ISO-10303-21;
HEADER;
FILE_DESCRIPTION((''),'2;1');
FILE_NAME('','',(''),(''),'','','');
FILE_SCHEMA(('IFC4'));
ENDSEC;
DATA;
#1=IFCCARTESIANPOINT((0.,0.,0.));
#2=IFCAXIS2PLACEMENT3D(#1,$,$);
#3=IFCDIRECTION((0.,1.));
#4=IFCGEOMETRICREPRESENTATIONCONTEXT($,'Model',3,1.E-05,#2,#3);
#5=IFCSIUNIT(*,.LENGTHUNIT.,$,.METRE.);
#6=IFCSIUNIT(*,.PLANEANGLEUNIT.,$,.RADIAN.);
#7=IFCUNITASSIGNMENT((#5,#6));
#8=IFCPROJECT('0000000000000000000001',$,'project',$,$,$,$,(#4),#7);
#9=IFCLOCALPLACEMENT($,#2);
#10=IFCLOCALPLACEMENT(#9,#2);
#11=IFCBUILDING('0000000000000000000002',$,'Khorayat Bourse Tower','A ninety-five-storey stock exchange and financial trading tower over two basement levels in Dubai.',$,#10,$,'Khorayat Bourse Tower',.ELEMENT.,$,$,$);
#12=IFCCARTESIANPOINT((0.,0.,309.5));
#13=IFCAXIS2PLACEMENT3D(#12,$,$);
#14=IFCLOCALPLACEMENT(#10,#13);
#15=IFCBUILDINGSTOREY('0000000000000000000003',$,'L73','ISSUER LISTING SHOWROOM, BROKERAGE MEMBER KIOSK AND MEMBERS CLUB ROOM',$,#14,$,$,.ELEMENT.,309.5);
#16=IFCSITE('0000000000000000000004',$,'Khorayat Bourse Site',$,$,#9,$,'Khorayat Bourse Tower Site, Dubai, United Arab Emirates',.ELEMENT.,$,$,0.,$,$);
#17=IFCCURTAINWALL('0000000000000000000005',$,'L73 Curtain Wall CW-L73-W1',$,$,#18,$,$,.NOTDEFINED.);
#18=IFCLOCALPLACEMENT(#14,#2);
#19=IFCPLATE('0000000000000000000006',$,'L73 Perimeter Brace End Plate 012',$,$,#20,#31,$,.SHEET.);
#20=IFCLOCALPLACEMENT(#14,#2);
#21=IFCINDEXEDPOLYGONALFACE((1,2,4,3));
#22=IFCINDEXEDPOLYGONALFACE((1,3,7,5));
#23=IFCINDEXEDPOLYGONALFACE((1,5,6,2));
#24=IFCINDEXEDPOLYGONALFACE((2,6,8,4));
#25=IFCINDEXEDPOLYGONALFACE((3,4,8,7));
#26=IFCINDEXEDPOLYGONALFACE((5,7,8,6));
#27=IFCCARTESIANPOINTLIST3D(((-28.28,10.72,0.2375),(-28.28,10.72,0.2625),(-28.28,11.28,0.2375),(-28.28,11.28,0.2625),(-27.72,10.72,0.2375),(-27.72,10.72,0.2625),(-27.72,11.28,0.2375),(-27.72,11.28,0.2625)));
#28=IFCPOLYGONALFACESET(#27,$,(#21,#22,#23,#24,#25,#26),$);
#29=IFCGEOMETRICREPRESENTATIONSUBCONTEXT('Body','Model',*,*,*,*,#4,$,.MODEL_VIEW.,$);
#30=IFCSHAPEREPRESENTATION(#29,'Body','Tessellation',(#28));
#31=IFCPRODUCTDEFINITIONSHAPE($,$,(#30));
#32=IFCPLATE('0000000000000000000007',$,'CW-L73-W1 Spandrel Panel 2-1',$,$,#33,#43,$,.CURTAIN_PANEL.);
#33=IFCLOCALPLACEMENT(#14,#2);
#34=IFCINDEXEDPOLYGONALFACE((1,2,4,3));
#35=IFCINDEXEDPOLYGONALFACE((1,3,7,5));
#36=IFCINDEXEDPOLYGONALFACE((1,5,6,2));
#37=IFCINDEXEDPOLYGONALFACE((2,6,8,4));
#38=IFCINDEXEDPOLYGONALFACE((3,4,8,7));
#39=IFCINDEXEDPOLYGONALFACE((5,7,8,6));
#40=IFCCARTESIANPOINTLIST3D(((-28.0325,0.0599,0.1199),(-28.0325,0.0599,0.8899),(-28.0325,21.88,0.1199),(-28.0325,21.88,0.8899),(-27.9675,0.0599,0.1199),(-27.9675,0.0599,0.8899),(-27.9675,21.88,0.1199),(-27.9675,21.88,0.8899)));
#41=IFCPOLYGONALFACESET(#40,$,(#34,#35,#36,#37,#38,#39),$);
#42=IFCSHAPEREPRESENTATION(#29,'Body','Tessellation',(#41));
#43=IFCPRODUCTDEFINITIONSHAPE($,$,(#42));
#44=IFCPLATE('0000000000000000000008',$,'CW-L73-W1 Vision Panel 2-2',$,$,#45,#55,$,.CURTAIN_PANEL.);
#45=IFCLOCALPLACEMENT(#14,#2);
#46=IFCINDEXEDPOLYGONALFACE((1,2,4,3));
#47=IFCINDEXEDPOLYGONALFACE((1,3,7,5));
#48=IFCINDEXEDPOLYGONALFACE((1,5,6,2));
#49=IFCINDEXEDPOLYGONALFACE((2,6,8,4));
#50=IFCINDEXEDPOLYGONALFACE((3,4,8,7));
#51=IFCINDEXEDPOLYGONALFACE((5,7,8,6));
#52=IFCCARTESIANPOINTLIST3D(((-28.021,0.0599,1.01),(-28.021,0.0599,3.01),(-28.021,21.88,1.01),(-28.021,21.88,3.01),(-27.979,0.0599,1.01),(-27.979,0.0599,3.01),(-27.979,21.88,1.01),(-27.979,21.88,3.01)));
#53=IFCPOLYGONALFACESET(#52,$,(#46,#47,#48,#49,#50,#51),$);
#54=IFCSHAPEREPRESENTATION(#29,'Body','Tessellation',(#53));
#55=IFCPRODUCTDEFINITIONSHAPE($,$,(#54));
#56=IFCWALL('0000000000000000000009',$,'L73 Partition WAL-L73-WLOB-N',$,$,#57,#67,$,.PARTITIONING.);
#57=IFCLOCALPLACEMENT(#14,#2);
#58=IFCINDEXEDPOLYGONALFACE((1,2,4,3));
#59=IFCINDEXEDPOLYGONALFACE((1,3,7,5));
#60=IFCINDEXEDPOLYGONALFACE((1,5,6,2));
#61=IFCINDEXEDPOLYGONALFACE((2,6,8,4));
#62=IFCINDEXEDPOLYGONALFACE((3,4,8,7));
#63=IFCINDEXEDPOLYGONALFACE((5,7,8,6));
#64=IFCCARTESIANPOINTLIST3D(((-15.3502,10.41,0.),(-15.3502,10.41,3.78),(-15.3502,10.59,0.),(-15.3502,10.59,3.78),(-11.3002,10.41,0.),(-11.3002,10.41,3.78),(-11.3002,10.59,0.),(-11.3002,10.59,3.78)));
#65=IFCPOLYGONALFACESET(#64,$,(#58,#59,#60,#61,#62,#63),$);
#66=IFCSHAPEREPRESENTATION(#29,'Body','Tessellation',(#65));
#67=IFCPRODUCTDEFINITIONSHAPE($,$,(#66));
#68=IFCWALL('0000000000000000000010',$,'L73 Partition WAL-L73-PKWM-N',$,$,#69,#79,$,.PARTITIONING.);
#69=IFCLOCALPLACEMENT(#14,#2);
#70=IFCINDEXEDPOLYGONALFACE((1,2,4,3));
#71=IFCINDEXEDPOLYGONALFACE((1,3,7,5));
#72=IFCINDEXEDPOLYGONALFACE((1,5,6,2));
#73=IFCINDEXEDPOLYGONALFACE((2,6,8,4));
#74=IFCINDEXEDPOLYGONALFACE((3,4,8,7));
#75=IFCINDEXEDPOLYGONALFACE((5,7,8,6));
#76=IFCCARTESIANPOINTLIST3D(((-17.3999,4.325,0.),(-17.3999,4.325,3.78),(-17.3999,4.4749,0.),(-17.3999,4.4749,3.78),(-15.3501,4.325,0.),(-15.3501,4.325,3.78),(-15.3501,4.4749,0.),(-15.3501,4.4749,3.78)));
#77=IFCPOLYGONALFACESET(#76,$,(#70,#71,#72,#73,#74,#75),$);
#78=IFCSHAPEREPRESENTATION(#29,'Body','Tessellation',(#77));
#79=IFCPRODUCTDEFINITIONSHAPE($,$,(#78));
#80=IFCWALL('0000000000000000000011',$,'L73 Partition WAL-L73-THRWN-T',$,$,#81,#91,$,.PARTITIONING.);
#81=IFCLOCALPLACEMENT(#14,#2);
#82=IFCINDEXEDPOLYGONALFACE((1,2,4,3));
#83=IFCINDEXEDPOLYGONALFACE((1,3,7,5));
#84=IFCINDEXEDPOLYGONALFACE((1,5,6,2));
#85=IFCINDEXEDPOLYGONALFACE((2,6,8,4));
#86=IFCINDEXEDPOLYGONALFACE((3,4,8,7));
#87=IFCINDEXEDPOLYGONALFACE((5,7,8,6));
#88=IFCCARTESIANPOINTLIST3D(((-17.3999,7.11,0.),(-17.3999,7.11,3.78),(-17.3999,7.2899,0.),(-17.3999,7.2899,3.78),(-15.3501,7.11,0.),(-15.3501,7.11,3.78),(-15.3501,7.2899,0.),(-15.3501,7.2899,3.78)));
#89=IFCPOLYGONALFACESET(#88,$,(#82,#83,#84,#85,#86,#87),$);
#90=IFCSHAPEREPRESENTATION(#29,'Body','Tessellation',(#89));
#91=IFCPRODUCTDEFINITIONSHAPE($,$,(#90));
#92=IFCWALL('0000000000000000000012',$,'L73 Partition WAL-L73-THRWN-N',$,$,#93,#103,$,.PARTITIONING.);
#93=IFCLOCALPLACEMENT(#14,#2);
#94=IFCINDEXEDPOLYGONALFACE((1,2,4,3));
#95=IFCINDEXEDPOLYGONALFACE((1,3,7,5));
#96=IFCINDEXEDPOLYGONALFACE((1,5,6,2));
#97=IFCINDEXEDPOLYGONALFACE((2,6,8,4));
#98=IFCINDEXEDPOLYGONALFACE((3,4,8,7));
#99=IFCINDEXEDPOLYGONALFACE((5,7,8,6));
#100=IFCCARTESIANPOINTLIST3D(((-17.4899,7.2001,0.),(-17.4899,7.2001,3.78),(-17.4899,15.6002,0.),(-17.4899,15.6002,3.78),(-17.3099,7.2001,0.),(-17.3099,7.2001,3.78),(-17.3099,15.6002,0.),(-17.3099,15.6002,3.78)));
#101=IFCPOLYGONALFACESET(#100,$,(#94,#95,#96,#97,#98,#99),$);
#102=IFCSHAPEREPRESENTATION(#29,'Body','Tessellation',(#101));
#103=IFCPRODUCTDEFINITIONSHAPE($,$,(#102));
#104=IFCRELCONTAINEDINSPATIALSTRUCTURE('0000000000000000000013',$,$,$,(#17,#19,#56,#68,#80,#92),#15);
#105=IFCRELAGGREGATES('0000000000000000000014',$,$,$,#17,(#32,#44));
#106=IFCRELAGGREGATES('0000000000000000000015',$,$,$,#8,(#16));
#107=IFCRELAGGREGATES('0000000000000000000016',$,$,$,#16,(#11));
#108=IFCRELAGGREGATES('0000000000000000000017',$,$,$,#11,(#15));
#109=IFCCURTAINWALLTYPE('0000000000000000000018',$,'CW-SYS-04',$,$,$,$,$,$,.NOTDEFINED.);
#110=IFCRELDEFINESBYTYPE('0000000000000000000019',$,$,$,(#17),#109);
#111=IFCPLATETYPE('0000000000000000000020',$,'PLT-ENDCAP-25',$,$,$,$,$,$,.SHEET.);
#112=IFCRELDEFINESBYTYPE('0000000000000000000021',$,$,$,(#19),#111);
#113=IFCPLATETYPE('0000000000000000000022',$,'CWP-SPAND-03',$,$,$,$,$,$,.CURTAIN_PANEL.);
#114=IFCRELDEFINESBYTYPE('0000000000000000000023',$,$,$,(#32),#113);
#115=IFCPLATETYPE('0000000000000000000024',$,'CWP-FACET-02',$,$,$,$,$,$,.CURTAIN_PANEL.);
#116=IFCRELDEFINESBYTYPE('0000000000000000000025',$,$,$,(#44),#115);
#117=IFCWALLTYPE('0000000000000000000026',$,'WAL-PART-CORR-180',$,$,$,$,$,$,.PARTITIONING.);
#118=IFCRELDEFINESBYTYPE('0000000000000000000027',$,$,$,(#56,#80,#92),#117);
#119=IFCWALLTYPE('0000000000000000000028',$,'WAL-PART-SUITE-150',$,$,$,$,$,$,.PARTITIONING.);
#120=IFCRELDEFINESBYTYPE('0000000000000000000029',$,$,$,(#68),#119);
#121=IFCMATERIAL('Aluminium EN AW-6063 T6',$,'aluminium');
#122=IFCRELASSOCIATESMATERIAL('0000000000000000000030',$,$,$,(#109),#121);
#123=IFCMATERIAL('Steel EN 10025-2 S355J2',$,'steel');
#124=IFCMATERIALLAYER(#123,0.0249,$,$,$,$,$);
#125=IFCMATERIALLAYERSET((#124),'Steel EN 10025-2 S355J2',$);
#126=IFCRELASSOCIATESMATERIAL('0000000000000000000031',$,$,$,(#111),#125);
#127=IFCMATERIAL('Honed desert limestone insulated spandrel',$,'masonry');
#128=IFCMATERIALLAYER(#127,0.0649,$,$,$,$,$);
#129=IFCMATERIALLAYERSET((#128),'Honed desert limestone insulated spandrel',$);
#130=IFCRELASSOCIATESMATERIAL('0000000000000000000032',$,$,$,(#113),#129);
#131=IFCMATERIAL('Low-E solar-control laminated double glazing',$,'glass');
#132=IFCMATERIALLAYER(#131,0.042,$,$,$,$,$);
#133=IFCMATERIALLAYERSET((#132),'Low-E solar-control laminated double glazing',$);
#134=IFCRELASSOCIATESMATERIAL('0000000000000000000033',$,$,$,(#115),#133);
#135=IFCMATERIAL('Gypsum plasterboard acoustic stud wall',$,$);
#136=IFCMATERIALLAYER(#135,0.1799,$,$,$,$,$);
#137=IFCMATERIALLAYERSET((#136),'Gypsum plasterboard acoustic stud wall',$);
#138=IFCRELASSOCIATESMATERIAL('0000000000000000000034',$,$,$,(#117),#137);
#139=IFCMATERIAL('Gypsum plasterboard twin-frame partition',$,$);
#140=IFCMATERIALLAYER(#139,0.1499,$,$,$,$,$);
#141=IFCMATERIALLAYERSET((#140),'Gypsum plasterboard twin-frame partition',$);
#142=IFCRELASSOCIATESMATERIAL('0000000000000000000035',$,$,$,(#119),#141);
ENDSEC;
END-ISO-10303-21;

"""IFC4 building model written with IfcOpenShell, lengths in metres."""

from ifc_helpers import new_model, si_unit, direction, frame, frame_2d, origin, origin_2d, place, context, subcontext, project, spatial, rectangle, extrude, source, transform, mapped, material, layer, layer_set, type_object, element, aggregate, save


model = new_model("IFC4")

# Units and contexts
model_context = context("Model", 3, precision=1e-05, world=origin(), true_north=direction((0.0, 1.0)))
body_context = subcontext(model_context, "Body", "Model", "MODEL_VIEW")
ifc_project = project(units=[si_unit("LENGTHUNIT", "METRE"), si_unit("PLANEANGLEUNIT", "RADIAN")], contexts=[model_context])

# Site, building, storey
site_placement = place(None, origin())
site = spatial("IfcSite", under=ifc_project, at=site_placement, Name="Khorayat Bourse Site", LongName="Khorayat Bourse Tower Site, Dubai, United Arab Emirates", CompositionType="ELEMENT", RefElevation=0.0)
building_placement = place(site_placement, origin())
building = spatial("IfcBuilding", under=site, at=building_placement, Name="Khorayat Bourse Tower", Description="A ninety-five-storey stock exchange and financial trading tower over two basement levels in Dubai.", LongName="Khorayat Bourse Tower", CompositionType="ELEMENT")
storey_placement = place(building_placement, frame((0.0, 0.0, 309.5)))
storey = spatial("IfcBuildingStorey", under=building, at=storey_placement, Name="L73", Description="ISSUER LISTING SHOWROOM, BROKERAGE MEMBER KIOSK AND MEMBERS CLUB ROOM", CompositionType="ELEMENT", Elevation=309.5)

# Curtain wall
ifc_material_1 = material(Name="Aluminium EN AW-6063 T6", Category="aluminium")
curtain_wall_type = type_object("IfcCurtainWallType", Name="CW-SYS-04", PredefinedType="NOTDEFINED", material=ifc_material_1)
curtain_wall_placement = place(storey_placement, origin())
curtain_wall = element("IfcCurtainWall", 1, at=curtain_wall_placement, inside=storey, type_object=curtain_wall_type, Name="L73 Curtain Wall CW-L73-W1", PredefinedType="NOTDEFINED")

# Plate
ifc_material_2 = material(Name="Steel EN 10025-2 S355J2", Category="steel")
ifc_layer_1 = layer(ifc_material_2, 0.0249)
ifc_layer_set_1 = layer_set([ifc_layer_1], Name="Steel EN 10025-2 S355J2")
plate_type_1 = type_object("IfcPlateType", Name="PLT-ENDCAP-25", PredefinedType="SHEET", material=ifc_layer_set_1)
shared_shape_1 = source(origin(), body_context, "Body", "SweptSolid", [
    extrude(rectangle(XDim=0.5601, YDim=0.5601, at=origin_2d()), origin(), (0.0, 0.0, 1.0), 0.0249),
])
for number, where, z_axis, x_axis, name in (
    (2, (-28.0, 11.0, 0.2375), (0.0, 0.0, 1.0), (1.0, 0.0, 0.0), "L73 Perimeter Brace End Plate 012"),
):
    element("IfcPlate", number, at=place(storey_placement, frame(where, z_axis=z_axis, x_axis=x_axis)), inside=storey, type_object=plate_type_1, Name=name, PredefinedType="SHEET", context=body_context, shape_type="MappedRepresentation", body=[
        mapped(shared_shape_1, transform((0.0, 0.0, 0.0), scale=1.0)),
    ])

# Plates
ifc_material_3 = material(Name="Honed desert limestone insulated spandrel", Category="masonry")
ifc_layer_2 = layer(ifc_material_3, 0.0649)
ifc_layer_set_2 = layer_set([ifc_layer_2], Name="Honed desert limestone insulated spandrel")
plate_type_2 = type_object("IfcPlateType", Name="CWP-SPAND-03", PredefinedType="CURTAIN_PANEL", material=ifc_layer_set_2)
shared_shape_2 = source(origin(), body_context, "Body", "SweptSolid", [
    extrude(rectangle(XDim=21.8201, YDim=0.0649, at=origin_2d()), origin(), (0.0, 0.0, 1.0), 0.77),
])
plate_1_placement = place(storey_placement, frame((-28.0, 10.97, 0.1199), z_axis=(0.0, 0.0, 1.0), x_axis=(0.0, 1.0, 0.0)))
plate_1 = element("IfcPlate", 3, at=plate_1_placement, type_object=plate_type_2, Name="CW-L73-W1 Spandrel Panel 2-1", PredefinedType="CURTAIN_PANEL", context=body_context, shape_type="MappedRepresentation", body=[
    mapped(shared_shape_2, transform((0.0, 0.0, 0.0), scale=1.0)),
])
ifc_material_4 = material(Name="Low-E solar-control laminated double glazing", Category="glass")
ifc_layer_3 = layer(ifc_material_4, 0.042)
ifc_layer_set_3 = layer_set([ifc_layer_3], Name="Low-E solar-control laminated double glazing")
plate_type_3 = type_object("IfcPlateType", Name="CWP-FACET-02", PredefinedType="CURTAIN_PANEL", material=ifc_layer_set_3)
shared_shape_3 = source(origin(), body_context, "Body", "SweptSolid", [
    extrude(rectangle(XDim=21.8201, YDim=0.042, at=origin_2d()), origin(), (0.0, 0.0, 1.0), 2.0),
])
plate_2_placement = place(storey_placement, frame((-28.0, 10.97, 1.01), z_axis=(0.0, 0.0, 1.0), x_axis=(0.0, 1.0, 0.0)))
plate_2 = element("IfcPlate", 4, at=plate_2_placement, type_object=plate_type_3, Name="CW-L73-W1 Vision Panel 2-2", PredefinedType="CURTAIN_PANEL", context=body_context, shape_type="MappedRepresentation", body=[
    mapped(shared_shape_3, transform((0.0, 0.0, 0.0), scale=1.0)),
])
aggregate(curtain_wall, [plate_1, plate_2])

# Walls
ifc_material_5 = material(Name="Gypsum plasterboard acoustic stud wall")
ifc_layer_4 = layer(ifc_material_5, 0.1799)
ifc_layer_set_4 = layer_set([ifc_layer_4], Name="Gypsum plasterboard acoustic stud wall")
wall_type_1 = type_object("IfcWallType", Name="WAL-PART-CORR-180", PredefinedType="PARTITIONING", material=ifc_layer_set_4)
shared_shape_4 = source(origin(), body_context, "Body", "SweptSolid", [
    extrude(rectangle(XDim=4.05, YDim=0.1799, at=frame_2d((2.0249, 0.0))), origin(), (0.0, 0.0, 1.0), 3.78),
])
wall_1_placement = place(storey_placement, frame((-15.3501, 10.5, 0.0), z_axis=(0.0, 0.0, 1.0), x_axis=(1.0, 0.0, 0.0)))
element("IfcWall", 5, at=wall_1_placement, inside=storey, type_object=wall_type_1, Name="L73 Partition WAL-L73-WLOB-N", PredefinedType="PARTITIONING", context=body_context, shape_type="MappedRepresentation", body=[
    mapped(shared_shape_4, transform((0.0, 0.0, 0.0), scale=1.0)),
])
ifc_material_6 = material(Name="Gypsum plasterboard twin-frame partition")
ifc_layer_5 = layer(ifc_material_6, 0.1499)
ifc_layer_set_5 = layer_set([ifc_layer_5], Name="Gypsum plasterboard twin-frame partition")
wall_type_2 = type_object("IfcWallType", Name="WAL-PART-SUITE-150", PredefinedType="PARTITIONING", material=ifc_layer_set_5)
shared_shape_5 = source(origin(), body_context, "Body", "SweptSolid", [
    extrude(rectangle(XDim=2.0498, YDim=0.1499, at=frame_2d((1.0249, 0.0))), origin(), (0.0, 0.0, 1.0), 3.78),
])
wall_2_placement = place(storey_placement, frame((-17.3999, 4.3999, 0.0), z_axis=(0.0, 0.0, 1.0), x_axis=(1.0, 0.0, 0.0)))
element("IfcWall", 6, at=wall_2_placement, inside=storey, type_object=wall_type_2, Name="L73 Partition WAL-L73-PKWM-N", PredefinedType="PARTITIONING", context=body_context, shape_type="MappedRepresentation", body=[
    mapped(shared_shape_5, transform((0.0, 0.0, 0.0), scale=1.0)),
])
shared_shape_6 = source(origin(), body_context, "Body", "SweptSolid", [
    extrude(rectangle(XDim=2.0498, YDim=0.1799, at=frame_2d((1.0249, 0.0))), origin(), (0.0, 0.0, 1.0), 3.78),
])
wall_3_placement = place(storey_placement, frame((-17.3999, 7.2, 0.0), z_axis=(0.0, 0.0, 1.0), x_axis=(1.0, 0.0, 0.0)))
element("IfcWall", 7, at=wall_3_placement, inside=storey, type_object=wall_type_1, Name="L73 Partition WAL-L73-THRWN-T", PredefinedType="PARTITIONING", context=body_context, shape_type="MappedRepresentation", body=[
    mapped(shared_shape_6, transform((0.0, 0.0, 0.0), scale=1.0)),
])
shared_shape_7 = source(origin(), body_context, "Body", "SweptSolid", [
    extrude(rectangle(XDim=8.4001, YDim=0.1799, at=frame_2d((4.2002, 0.0))), origin(), (0.0, 0.0, 1.0), 3.78),
])
wall_4_placement = place(storey_placement, frame((-17.3999, 7.2, 0.0), z_axis=(0.0, 0.0, 1.0), x_axis=(0.0, 1.0, 0.0)))
element("IfcWall", 8, at=wall_4_placement, inside=storey, type_object=wall_type_1, Name="L73 Partition WAL-L73-THRWN-N", PredefinedType="PARTITIONING", context=body_context, shape_type="MappedRepresentation", body=[
    mapped(shared_shape_7, transform((0.0, 0.0, 0.0), scale=1.0)),
])

save(model, "model.ifc")
